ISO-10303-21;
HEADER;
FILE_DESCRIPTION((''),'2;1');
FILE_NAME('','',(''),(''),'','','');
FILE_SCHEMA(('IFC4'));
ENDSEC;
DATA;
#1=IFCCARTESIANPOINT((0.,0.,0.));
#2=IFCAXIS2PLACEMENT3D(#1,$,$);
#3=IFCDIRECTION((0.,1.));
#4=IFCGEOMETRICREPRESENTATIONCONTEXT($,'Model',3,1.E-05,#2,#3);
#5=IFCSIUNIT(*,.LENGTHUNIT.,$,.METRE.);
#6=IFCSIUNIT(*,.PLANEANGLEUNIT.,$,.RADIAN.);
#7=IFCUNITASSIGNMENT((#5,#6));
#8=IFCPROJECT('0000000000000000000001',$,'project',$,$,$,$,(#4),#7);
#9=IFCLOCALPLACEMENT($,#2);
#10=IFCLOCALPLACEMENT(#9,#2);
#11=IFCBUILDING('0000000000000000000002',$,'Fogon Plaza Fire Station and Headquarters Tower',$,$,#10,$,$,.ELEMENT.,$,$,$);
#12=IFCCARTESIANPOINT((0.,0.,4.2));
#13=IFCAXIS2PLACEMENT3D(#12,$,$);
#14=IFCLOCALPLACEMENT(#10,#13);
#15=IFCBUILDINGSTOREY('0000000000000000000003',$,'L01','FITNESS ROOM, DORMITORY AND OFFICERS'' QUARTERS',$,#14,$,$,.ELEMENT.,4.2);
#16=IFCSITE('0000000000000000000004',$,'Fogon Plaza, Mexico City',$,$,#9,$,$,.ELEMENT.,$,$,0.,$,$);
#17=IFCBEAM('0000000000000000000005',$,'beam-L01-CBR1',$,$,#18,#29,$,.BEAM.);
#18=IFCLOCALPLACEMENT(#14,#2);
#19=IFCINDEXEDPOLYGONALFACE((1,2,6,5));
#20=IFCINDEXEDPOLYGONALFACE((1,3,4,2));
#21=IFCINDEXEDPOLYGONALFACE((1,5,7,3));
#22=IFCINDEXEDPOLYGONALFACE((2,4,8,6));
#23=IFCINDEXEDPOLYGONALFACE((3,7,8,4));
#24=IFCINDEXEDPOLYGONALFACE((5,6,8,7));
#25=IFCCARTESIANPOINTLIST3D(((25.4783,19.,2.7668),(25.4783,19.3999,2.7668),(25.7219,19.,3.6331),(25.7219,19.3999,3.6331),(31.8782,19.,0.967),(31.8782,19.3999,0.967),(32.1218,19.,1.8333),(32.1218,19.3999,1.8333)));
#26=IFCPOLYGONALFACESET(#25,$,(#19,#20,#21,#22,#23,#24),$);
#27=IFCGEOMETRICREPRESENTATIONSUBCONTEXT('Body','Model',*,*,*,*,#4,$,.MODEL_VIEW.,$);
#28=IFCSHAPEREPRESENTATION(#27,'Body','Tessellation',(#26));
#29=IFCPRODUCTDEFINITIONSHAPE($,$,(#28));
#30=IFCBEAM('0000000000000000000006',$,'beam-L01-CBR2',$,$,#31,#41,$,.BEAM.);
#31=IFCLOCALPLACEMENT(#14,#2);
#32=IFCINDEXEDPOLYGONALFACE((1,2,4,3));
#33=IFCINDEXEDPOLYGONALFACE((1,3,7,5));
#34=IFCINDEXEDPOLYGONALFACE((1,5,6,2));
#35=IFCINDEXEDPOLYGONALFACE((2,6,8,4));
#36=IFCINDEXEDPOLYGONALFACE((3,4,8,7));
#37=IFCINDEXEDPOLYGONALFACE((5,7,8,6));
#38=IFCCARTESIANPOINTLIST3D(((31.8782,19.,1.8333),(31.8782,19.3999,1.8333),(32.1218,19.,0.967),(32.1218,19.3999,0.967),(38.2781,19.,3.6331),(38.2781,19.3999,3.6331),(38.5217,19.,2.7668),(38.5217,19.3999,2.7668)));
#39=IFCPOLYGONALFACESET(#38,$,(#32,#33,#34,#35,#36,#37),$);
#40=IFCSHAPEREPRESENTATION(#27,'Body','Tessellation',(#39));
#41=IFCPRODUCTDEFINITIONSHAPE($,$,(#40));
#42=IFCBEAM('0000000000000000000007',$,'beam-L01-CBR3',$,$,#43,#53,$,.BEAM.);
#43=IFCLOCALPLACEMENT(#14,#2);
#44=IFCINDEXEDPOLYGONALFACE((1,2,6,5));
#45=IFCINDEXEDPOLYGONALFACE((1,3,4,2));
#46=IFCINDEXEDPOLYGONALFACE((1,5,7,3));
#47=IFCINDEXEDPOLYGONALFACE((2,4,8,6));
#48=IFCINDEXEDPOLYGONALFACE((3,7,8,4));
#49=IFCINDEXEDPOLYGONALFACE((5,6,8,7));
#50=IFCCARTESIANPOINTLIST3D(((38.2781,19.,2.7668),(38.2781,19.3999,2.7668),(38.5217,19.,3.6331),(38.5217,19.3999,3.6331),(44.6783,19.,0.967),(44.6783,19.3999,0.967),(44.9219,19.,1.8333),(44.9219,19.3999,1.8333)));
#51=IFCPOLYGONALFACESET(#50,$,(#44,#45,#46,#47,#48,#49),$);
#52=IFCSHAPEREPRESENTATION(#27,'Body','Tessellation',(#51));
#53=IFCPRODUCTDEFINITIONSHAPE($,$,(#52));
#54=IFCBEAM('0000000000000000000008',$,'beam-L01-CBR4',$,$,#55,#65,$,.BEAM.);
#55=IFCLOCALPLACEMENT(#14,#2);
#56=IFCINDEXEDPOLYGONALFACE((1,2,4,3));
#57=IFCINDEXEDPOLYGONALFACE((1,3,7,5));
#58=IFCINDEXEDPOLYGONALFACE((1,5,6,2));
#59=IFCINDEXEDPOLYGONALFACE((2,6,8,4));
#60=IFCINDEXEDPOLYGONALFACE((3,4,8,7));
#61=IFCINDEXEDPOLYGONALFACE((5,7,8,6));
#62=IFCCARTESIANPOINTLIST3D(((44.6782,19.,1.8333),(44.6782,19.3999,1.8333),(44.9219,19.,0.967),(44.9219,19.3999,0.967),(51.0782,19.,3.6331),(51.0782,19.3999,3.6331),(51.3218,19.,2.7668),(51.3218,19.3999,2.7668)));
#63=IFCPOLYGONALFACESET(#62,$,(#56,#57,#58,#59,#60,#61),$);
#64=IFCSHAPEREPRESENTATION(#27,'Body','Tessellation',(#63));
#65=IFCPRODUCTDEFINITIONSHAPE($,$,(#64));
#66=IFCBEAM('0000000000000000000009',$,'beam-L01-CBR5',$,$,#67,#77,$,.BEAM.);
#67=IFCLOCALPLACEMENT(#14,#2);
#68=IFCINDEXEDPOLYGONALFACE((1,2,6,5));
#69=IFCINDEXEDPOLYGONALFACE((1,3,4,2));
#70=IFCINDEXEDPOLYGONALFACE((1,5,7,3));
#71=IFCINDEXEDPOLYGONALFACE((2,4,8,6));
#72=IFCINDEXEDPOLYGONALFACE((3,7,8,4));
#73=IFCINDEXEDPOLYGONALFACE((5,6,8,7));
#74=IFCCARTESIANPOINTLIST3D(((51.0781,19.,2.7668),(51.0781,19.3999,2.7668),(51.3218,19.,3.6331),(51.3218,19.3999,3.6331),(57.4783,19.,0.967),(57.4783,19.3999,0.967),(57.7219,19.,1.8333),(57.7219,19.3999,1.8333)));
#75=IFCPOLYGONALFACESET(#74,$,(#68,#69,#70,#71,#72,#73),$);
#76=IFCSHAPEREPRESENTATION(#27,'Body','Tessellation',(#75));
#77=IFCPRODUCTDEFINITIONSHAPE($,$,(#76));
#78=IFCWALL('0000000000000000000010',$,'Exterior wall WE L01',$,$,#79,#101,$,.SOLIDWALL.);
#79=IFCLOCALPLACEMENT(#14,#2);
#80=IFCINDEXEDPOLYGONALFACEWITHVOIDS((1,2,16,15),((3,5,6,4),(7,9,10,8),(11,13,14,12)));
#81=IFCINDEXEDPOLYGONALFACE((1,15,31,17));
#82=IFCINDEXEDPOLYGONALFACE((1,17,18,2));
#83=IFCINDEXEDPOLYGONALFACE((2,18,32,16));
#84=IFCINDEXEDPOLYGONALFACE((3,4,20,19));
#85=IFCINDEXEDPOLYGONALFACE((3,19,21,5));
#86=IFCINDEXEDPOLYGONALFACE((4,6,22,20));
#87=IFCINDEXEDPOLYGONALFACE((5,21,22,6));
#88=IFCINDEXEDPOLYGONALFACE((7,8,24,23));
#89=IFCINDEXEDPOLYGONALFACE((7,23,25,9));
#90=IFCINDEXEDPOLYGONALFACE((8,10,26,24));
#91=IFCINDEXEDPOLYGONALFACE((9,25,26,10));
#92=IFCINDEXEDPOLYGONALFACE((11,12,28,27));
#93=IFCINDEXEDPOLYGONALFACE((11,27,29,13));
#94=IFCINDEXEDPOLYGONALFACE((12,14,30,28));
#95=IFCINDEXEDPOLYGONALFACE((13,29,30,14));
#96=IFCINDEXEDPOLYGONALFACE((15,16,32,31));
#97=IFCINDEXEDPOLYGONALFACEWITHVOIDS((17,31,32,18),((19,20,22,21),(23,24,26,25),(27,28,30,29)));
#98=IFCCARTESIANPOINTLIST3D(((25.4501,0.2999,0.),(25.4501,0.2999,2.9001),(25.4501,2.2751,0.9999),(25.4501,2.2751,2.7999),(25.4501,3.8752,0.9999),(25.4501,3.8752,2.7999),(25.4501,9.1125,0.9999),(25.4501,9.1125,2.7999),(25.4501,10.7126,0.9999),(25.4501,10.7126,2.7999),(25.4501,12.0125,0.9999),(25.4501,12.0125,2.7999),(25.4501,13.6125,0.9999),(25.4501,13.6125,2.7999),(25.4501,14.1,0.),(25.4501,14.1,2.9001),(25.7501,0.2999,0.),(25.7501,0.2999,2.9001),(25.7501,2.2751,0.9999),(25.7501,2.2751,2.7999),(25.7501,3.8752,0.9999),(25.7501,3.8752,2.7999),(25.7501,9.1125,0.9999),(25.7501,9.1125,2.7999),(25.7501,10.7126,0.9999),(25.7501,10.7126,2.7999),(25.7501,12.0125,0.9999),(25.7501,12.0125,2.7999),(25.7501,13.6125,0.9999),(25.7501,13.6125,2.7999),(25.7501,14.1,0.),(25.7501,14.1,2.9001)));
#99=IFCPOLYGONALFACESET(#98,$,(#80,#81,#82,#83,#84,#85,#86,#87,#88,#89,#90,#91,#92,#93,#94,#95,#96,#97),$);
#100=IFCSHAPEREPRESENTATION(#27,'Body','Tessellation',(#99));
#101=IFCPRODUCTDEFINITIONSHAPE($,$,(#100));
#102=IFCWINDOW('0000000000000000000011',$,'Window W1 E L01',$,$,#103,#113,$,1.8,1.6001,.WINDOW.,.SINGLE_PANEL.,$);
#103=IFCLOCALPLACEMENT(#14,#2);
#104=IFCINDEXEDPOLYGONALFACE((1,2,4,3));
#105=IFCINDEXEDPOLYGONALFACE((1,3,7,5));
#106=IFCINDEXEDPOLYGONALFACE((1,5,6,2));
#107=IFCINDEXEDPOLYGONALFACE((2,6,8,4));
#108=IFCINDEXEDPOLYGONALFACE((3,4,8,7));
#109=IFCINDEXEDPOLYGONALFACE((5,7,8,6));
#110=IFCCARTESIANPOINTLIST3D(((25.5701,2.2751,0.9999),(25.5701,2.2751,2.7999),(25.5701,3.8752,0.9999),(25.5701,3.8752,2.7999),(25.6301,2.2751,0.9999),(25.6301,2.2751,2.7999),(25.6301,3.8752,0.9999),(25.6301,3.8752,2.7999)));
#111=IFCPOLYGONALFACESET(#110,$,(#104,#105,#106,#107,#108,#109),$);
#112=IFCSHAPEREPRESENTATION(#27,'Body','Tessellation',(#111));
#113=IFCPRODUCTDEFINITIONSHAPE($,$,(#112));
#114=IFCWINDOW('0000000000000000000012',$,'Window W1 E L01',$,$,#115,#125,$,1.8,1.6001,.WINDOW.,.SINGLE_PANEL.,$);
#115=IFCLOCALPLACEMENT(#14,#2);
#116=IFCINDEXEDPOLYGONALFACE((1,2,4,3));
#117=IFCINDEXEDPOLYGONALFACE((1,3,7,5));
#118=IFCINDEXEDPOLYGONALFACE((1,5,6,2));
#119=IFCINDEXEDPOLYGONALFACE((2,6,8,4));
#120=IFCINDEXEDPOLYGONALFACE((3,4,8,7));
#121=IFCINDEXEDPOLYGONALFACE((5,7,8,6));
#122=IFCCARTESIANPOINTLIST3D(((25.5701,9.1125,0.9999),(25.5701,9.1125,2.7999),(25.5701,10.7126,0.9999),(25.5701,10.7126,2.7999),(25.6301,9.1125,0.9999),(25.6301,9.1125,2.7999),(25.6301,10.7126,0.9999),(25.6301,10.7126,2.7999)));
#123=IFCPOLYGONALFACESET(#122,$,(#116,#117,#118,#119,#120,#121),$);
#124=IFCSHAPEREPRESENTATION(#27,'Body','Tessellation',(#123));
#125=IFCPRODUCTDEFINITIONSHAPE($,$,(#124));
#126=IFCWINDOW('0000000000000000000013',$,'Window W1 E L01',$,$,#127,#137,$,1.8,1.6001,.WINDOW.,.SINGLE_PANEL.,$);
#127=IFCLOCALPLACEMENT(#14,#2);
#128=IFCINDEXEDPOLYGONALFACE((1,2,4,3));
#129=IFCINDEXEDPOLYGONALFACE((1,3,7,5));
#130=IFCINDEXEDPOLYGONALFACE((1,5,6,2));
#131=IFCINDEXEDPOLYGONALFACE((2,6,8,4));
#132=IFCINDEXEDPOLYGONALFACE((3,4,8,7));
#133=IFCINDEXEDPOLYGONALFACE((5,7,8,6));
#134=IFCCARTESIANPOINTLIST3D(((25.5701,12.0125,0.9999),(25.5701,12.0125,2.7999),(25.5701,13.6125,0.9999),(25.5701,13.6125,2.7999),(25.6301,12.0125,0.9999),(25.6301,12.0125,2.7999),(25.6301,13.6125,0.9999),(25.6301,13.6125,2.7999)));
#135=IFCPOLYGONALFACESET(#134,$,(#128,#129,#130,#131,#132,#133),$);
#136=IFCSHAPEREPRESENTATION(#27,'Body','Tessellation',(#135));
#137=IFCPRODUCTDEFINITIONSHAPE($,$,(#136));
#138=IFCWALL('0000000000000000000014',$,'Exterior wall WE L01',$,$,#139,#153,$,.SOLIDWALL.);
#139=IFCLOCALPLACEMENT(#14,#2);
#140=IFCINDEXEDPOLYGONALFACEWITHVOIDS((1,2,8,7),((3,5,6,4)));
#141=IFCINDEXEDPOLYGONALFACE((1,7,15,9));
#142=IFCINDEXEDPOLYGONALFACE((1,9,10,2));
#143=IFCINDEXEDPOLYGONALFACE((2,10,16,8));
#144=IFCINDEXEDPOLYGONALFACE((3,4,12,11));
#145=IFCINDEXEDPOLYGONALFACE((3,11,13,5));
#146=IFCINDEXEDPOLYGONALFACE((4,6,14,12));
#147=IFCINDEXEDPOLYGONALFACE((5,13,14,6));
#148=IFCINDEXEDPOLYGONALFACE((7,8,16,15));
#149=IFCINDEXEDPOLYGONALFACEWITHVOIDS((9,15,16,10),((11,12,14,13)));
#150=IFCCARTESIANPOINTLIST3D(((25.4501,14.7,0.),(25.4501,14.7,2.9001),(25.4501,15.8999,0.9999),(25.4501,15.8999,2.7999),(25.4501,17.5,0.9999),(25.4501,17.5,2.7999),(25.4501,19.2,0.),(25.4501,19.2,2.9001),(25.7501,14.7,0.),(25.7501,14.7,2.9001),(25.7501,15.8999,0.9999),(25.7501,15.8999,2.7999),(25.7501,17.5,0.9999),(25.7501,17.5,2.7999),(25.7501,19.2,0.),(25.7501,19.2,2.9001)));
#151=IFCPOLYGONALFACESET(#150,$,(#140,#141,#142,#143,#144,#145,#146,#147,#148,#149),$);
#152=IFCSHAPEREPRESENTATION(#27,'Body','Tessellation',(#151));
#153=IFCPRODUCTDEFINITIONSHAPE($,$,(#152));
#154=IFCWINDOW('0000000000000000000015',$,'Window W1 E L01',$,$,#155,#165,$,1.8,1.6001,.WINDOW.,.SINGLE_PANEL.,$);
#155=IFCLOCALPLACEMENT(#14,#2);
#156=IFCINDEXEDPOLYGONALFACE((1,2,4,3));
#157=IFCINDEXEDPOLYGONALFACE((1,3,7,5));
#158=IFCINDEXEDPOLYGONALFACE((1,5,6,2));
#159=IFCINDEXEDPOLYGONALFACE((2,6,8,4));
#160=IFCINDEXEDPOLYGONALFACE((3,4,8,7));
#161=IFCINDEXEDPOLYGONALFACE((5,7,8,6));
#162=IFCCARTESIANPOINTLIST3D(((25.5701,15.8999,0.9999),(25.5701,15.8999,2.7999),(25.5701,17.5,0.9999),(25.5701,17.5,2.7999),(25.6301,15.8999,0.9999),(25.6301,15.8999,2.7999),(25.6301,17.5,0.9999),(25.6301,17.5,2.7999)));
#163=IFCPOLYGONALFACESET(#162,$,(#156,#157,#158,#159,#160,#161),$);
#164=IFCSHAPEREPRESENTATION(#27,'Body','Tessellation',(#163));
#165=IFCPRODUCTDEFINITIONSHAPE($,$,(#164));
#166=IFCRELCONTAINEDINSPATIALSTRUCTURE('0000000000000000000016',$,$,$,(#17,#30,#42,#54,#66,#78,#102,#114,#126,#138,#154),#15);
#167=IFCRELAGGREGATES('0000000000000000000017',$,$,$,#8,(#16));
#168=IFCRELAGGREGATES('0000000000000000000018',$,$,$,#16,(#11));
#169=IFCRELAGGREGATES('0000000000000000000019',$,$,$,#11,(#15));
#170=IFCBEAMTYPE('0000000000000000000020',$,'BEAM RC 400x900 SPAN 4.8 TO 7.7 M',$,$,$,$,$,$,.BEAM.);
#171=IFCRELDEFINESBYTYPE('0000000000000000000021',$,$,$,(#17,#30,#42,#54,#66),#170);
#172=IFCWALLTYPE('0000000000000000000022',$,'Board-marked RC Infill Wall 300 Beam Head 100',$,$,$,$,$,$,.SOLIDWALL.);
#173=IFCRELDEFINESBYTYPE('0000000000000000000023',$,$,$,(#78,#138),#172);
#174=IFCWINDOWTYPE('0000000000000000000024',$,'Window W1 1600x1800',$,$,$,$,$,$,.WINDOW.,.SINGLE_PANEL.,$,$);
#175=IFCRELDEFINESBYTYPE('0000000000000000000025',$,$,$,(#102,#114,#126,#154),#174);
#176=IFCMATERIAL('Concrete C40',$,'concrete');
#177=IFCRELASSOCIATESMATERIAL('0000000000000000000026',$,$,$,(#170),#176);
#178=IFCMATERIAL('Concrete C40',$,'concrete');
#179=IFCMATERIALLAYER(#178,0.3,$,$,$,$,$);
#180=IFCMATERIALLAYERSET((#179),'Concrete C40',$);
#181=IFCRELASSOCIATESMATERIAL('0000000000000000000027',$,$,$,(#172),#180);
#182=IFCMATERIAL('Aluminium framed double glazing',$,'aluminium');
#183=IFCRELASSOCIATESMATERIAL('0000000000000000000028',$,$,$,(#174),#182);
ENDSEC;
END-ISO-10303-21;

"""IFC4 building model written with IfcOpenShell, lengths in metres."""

from ifc_helpers import new_model, si_unit, direction, frame, frame_2d, origin, origin_2d, place, context, subcontext, project, spatial, rectangle, extrude, material, layer, layer_set, material_profile, profile_set, type_object, element, fill, save


model = new_model("IFC4")

# Units and contexts
model_context = context("Model", 3, precision=1e-05, world=origin(), true_north=direction((0.0, 1.0)))
body_context = subcontext(model_context, "Body", "Model", "MODEL_VIEW")
ifc_project = project(units=[si_unit("LENGTHUNIT", "METRE"), si_unit("PLANEANGLEUNIT", "RADIAN")], contexts=[model_context])

# Site, building, storey
site_placement = place(None, origin())
site = spatial("IfcSite", under=ifc_project, at=site_placement, Name="Fogon Plaza, Mexico City", CompositionType="ELEMENT", RefElevation=0.0)
building_placement = place(site_placement, origin())
building = spatial("IfcBuilding", under=site, at=building_placement, Name="Fogon Plaza Fire Station and Headquarters Tower", CompositionType="ELEMENT")
storey_placement = place(building_placement, frame((0.0, 0.0, 4.2)))
storey = spatial("IfcBuildingStorey", under=building, at=storey_placement, Name="L01", Description="FITNESS ROOM, DORMITORY AND OFFICERS' QUARTERS", CompositionType="ELEMENT", Elevation=4.2)

# Beams
ifc_material_1 = material(Name="Concrete C40", Category="concrete")
ifc_material_profile_1 = material_profile(ifc_material_1, rectangle(XDim=0.3999, YDim=0.8999, at=origin_2d()), Name="RC 400x900")
ifc_profile_set_1 = profile_set([ifc_material_profile_1], Name="Concrete C40")
beam_type_1 = type_object("IfcBeamType", Name="BEAM RC 400x900 SPAN 4.8 TO 7.7 M", PredefinedType="BEAM", material=ifc_profile_set_1)
for number, where, z_axis, x_axis, name in (
    (1, (25.6001, 19.2, 3.2), (0.962658, 0.0, -0.270722), (0.0, 1.0, 0.0), "beam-L01-CBR1"),
    (2, (32.0, 19.2, 1.4001), (0.962658, 0.0, 0.270722), (0.0, 1.0, 0.0), "beam-L01-CBR2"),
):
    element("IfcBeam", number, at=place(storey_placement, frame(where, z_axis=z_axis, x_axis=x_axis)), inside=storey, type_object=beam_type_1, Name=name, PredefinedType="BEAM", context=body_context, shape_type="SweptSolid", body=[
        extrude(rectangle(XDim=0.3999, YDim=0.8999, at=origin_2d()), origin(), (0.0, 0.0, 1.0), 6.6482),
    ])
beam_1_placement = place(storey_placement, frame((38.3999, 19.2, 3.2), z_axis=(0.96266, 0.0, -0.270713), x_axis=(0.0, 1.0, 0.0)))
element("IfcBeam", 3, at=beam_1_placement, inside=storey, type_object=beam_type_1, Name="beam-L01-CBR3", PredefinedType="BEAM", context=body_context, shape_type="SweptSolid", body=[
    extrude(rectangle(XDim=0.3999, YDim=0.8999, at=origin_2d()), origin(), (0.0, 0.0, 1.0), 6.6484),
])
beam_2_placement = place(storey_placement, frame((44.8, 19.2, 1.4001), z_axis=(0.962658, 0.0, 0.270722), x_axis=(0.0, 1.0, 0.0)))
element("IfcBeam", 4, at=beam_2_placement, inside=storey, type_object=beam_type_1, Name="beam-L01-CBR4", PredefinedType="BEAM", context=body_context, shape_type="SweptSolid", body=[
    extrude(rectangle(XDim=0.3999, YDim=0.8999, at=origin_2d()), origin(), (0.0, 0.0, 1.0), 6.6482),
])
beam_3_placement = place(storey_placement, frame((51.2, 19.2, 3.2), z_axis=(0.96266, 0.0, -0.270713), x_axis=(0.0, 1.0, 0.0)))
element("IfcBeam", 5, at=beam_3_placement, inside=storey, type_object=beam_type_1, Name="beam-L01-CBR5", PredefinedType="BEAM", context=body_context, shape_type="SweptSolid", body=[
    extrude(rectangle(XDim=0.3999, YDim=0.8999, at=origin_2d()), origin(), (0.0, 0.0, 1.0), 6.6484),
])

# Wall, openings, windows
ifc_material_2 = material(Name="Concrete C40", Category="concrete")
ifc_layer_1 = layer(ifc_material_2, 0.3)
ifc_layer_set_1 = layer_set([ifc_layer_1], Name="Concrete C40")
wall_type = type_object("IfcWallType", Name="Board-marked RC Infill Wall 300 Beam Head 100", PredefinedType="SOLIDWALL", material=ifc_layer_set_1)
wall_1_placement = place(storey_placement, frame((25.6001, 0.3, 0.0), z_axis=(0.0, 0.0, 1.0), x_axis=(0.0, 1.0, 0.0)))
wall_1 = element("IfcWall", 6, at=wall_1_placement, inside=storey, type_object=wall_type, Name="Exterior wall WE L01", PredefinedType="SOLIDWALL", context=body_context, shape_type="SweptSolid", body=[
    extrude(rectangle(XDim=13.8, YDim=0.3, at=frame_2d((6.8999, 0.0))), origin(), (0.0, 0.0, 1.0), 2.9001),
])
opening_1_placement = place(wall_1_placement, frame((1.9751, 0.0, 1.0)))
opening_1 = element("IfcOpeningElement", 7, at=opening_1_placement, cuts=wall_1, PredefinedType="OPENING", context=body_context, shape_type="SweptSolid", body=[
    extrude(rectangle(XDim=1.6001, YDim=1.8, at=frame_2d((0.8, 0.8999))), frame((0.0, 0.1599, 0.0), z_axis=(0.0, -1.0, 0.0), x_axis=(1.0, 0.0, 0.0)), (0.0, 0.0, 1.0), 0.3201),
])
opening_2_placement = place(wall_1_placement, frame((8.8125, 0.0, 1.0)))
opening_2 = element("IfcOpeningElement", 8, at=opening_2_placement, cuts=wall_1, PredefinedType="OPENING", context=body_context, shape_type="SweptSolid", body=[
    extrude(rectangle(XDim=1.6001, YDim=1.8, at=frame_2d((0.8, 0.8999))), frame((0.0, 0.1599, 0.0), z_axis=(0.0, -1.0, 0.0), x_axis=(1.0, 0.0, 0.0)), (0.0, 0.0, 1.0), 0.3201),
])
opening_3_placement = place(wall_1_placement, frame((11.7124, 0.0, 1.0)))
opening_3 = element("IfcOpeningElement", 9, at=opening_3_placement, cuts=wall_1, PredefinedType="OPENING", context=body_context, shape_type="SweptSolid", body=[
    extrude(rectangle(XDim=1.6001, YDim=1.8, at=frame_2d((0.8, 0.8999))), frame((0.0, 0.1599, 0.0), z_axis=(0.0, -1.0, 0.0), x_axis=(1.0, 0.0, 0.0)), (0.0, 0.0, 1.0), 0.3201),
])
ifc_material_3 = material(Name="Aluminium framed double glazing", Category="aluminium")
window_type = type_object("IfcWindowType", Name="Window W1 1600x1800", PartitioningType="SINGLE_PANEL", PredefinedType="WINDOW", material=ifc_material_3)
window_1_placement = place(opening_1_placement, origin())
window_1 = element("IfcWindow", 10, at=window_1_placement, inside=storey, type_object=window_type, Name="Window W1 E L01", OverallHeight=1.8, OverallWidth=1.6001, PartitioningType="SINGLE_PANEL", PredefinedType="WINDOW", context=body_context, shape_type="SweptSolid", body=[
    extrude(rectangle(XDim=1.6001, YDim=1.8, at=frame_2d((0.8, 0.8999))), frame((0.0, 0.03, 0.0), z_axis=(0.0, -1.0, 0.0), x_axis=(1.0, 0.0, 0.0)), (0.0, 0.0, 1.0), 0.0601),
])
fill(opening_1, window_1)
window_2_placement = place(opening_2_placement, origin())
window_2 = element("IfcWindow", 11, at=window_2_placement, inside=storey, type_object=window_type, Name="Window W1 E L01", OverallHeight=1.8, OverallWidth=1.6001, PartitioningType="SINGLE_PANEL", PredefinedType="WINDOW", context=body_context, shape_type="SweptSolid", body=[
    extrude(rectangle(XDim=1.6001, YDim=1.8, at=frame_2d((0.8, 0.8999))), frame((0.0, 0.03, 0.0), z_axis=(0.0, -1.0, 0.0), x_axis=(1.0, 0.0, 0.0)), (0.0, 0.0, 1.0), 0.0601),
])
fill(opening_2, window_2)
window_3_placement = place(opening_3_placement, origin())
window_3 = element("IfcWindow", 12, at=window_3_placement, inside=storey, type_object=window_type, Name="Window W1 E L01", OverallHeight=1.8, OverallWidth=1.6001, PartitioningType="SINGLE_PANEL", PredefinedType="WINDOW", context=body_context, shape_type="SweptSolid", body=[
    extrude(rectangle(XDim=1.6001, YDim=1.8, at=frame_2d((0.8, 0.8999))), frame((0.0, 0.03, 0.0), z_axis=(0.0, -1.0, 0.0), x_axis=(1.0, 0.0, 0.0)), (0.0, 0.0, 1.0), 0.0601),
])
fill(opening_3, window_3)

# Wall, opening, window
wall_2_placement = place(storey_placement, frame((25.6001, 14.7, 0.0), z_axis=(0.0, 0.0, 1.0), x_axis=(0.0, 1.0, 0.0)))
wall_2 = element("IfcWall", 13, at=wall_2_placement, inside=storey, type_object=wall_type, Name="Exterior wall WE L01", PredefinedType="SOLIDWALL", context=body_context, shape_type="SweptSolid", body=[
    extrude(rectangle(XDim=4.5, YDim=0.3, at=frame_2d((2.25, 0.0))), origin(), (0.0, 0.0, 1.0), 2.9001),
])
opening_4_placement = place(wall_2_placement, frame((1.2, 0.0, 1.0)))
opening_4 = element("IfcOpeningElement", 14, at=opening_4_placement, cuts=wall_2, PredefinedType="OPENING", context=body_context, shape_type="SweptSolid", body=[
    extrude(rectangle(XDim=1.6001, YDim=1.8, at=frame_2d((0.8, 0.8999))), frame((0.0, 0.1599, 0.0), z_axis=(0.0, -1.0, 0.0), x_axis=(1.0, 0.0, 0.0)), (0.0, 0.0, 1.0), 0.3201),
])
window_4_placement = place(opening_4_placement, origin())
window_4 = element("IfcWindow", 15, at=window_4_placement, inside=storey, type_object=window_type, Name="Window W1 E L01", OverallHeight=1.8, OverallWidth=1.6001, PartitioningType="SINGLE_PANEL", PredefinedType="WINDOW", context=body_context, shape_type="SweptSolid", body=[
    extrude(rectangle(XDim=1.6001, YDim=1.8, at=frame_2d((0.8, 0.8999))), frame((0.0, 0.03, 0.0), z_axis=(0.0, -1.0, 0.0), x_axis=(1.0, 0.0, 0.0)), (0.0, 0.0, 1.0), 0.0601),
])
fill(opening_4, window_4)

save(model, "model.ifc")
